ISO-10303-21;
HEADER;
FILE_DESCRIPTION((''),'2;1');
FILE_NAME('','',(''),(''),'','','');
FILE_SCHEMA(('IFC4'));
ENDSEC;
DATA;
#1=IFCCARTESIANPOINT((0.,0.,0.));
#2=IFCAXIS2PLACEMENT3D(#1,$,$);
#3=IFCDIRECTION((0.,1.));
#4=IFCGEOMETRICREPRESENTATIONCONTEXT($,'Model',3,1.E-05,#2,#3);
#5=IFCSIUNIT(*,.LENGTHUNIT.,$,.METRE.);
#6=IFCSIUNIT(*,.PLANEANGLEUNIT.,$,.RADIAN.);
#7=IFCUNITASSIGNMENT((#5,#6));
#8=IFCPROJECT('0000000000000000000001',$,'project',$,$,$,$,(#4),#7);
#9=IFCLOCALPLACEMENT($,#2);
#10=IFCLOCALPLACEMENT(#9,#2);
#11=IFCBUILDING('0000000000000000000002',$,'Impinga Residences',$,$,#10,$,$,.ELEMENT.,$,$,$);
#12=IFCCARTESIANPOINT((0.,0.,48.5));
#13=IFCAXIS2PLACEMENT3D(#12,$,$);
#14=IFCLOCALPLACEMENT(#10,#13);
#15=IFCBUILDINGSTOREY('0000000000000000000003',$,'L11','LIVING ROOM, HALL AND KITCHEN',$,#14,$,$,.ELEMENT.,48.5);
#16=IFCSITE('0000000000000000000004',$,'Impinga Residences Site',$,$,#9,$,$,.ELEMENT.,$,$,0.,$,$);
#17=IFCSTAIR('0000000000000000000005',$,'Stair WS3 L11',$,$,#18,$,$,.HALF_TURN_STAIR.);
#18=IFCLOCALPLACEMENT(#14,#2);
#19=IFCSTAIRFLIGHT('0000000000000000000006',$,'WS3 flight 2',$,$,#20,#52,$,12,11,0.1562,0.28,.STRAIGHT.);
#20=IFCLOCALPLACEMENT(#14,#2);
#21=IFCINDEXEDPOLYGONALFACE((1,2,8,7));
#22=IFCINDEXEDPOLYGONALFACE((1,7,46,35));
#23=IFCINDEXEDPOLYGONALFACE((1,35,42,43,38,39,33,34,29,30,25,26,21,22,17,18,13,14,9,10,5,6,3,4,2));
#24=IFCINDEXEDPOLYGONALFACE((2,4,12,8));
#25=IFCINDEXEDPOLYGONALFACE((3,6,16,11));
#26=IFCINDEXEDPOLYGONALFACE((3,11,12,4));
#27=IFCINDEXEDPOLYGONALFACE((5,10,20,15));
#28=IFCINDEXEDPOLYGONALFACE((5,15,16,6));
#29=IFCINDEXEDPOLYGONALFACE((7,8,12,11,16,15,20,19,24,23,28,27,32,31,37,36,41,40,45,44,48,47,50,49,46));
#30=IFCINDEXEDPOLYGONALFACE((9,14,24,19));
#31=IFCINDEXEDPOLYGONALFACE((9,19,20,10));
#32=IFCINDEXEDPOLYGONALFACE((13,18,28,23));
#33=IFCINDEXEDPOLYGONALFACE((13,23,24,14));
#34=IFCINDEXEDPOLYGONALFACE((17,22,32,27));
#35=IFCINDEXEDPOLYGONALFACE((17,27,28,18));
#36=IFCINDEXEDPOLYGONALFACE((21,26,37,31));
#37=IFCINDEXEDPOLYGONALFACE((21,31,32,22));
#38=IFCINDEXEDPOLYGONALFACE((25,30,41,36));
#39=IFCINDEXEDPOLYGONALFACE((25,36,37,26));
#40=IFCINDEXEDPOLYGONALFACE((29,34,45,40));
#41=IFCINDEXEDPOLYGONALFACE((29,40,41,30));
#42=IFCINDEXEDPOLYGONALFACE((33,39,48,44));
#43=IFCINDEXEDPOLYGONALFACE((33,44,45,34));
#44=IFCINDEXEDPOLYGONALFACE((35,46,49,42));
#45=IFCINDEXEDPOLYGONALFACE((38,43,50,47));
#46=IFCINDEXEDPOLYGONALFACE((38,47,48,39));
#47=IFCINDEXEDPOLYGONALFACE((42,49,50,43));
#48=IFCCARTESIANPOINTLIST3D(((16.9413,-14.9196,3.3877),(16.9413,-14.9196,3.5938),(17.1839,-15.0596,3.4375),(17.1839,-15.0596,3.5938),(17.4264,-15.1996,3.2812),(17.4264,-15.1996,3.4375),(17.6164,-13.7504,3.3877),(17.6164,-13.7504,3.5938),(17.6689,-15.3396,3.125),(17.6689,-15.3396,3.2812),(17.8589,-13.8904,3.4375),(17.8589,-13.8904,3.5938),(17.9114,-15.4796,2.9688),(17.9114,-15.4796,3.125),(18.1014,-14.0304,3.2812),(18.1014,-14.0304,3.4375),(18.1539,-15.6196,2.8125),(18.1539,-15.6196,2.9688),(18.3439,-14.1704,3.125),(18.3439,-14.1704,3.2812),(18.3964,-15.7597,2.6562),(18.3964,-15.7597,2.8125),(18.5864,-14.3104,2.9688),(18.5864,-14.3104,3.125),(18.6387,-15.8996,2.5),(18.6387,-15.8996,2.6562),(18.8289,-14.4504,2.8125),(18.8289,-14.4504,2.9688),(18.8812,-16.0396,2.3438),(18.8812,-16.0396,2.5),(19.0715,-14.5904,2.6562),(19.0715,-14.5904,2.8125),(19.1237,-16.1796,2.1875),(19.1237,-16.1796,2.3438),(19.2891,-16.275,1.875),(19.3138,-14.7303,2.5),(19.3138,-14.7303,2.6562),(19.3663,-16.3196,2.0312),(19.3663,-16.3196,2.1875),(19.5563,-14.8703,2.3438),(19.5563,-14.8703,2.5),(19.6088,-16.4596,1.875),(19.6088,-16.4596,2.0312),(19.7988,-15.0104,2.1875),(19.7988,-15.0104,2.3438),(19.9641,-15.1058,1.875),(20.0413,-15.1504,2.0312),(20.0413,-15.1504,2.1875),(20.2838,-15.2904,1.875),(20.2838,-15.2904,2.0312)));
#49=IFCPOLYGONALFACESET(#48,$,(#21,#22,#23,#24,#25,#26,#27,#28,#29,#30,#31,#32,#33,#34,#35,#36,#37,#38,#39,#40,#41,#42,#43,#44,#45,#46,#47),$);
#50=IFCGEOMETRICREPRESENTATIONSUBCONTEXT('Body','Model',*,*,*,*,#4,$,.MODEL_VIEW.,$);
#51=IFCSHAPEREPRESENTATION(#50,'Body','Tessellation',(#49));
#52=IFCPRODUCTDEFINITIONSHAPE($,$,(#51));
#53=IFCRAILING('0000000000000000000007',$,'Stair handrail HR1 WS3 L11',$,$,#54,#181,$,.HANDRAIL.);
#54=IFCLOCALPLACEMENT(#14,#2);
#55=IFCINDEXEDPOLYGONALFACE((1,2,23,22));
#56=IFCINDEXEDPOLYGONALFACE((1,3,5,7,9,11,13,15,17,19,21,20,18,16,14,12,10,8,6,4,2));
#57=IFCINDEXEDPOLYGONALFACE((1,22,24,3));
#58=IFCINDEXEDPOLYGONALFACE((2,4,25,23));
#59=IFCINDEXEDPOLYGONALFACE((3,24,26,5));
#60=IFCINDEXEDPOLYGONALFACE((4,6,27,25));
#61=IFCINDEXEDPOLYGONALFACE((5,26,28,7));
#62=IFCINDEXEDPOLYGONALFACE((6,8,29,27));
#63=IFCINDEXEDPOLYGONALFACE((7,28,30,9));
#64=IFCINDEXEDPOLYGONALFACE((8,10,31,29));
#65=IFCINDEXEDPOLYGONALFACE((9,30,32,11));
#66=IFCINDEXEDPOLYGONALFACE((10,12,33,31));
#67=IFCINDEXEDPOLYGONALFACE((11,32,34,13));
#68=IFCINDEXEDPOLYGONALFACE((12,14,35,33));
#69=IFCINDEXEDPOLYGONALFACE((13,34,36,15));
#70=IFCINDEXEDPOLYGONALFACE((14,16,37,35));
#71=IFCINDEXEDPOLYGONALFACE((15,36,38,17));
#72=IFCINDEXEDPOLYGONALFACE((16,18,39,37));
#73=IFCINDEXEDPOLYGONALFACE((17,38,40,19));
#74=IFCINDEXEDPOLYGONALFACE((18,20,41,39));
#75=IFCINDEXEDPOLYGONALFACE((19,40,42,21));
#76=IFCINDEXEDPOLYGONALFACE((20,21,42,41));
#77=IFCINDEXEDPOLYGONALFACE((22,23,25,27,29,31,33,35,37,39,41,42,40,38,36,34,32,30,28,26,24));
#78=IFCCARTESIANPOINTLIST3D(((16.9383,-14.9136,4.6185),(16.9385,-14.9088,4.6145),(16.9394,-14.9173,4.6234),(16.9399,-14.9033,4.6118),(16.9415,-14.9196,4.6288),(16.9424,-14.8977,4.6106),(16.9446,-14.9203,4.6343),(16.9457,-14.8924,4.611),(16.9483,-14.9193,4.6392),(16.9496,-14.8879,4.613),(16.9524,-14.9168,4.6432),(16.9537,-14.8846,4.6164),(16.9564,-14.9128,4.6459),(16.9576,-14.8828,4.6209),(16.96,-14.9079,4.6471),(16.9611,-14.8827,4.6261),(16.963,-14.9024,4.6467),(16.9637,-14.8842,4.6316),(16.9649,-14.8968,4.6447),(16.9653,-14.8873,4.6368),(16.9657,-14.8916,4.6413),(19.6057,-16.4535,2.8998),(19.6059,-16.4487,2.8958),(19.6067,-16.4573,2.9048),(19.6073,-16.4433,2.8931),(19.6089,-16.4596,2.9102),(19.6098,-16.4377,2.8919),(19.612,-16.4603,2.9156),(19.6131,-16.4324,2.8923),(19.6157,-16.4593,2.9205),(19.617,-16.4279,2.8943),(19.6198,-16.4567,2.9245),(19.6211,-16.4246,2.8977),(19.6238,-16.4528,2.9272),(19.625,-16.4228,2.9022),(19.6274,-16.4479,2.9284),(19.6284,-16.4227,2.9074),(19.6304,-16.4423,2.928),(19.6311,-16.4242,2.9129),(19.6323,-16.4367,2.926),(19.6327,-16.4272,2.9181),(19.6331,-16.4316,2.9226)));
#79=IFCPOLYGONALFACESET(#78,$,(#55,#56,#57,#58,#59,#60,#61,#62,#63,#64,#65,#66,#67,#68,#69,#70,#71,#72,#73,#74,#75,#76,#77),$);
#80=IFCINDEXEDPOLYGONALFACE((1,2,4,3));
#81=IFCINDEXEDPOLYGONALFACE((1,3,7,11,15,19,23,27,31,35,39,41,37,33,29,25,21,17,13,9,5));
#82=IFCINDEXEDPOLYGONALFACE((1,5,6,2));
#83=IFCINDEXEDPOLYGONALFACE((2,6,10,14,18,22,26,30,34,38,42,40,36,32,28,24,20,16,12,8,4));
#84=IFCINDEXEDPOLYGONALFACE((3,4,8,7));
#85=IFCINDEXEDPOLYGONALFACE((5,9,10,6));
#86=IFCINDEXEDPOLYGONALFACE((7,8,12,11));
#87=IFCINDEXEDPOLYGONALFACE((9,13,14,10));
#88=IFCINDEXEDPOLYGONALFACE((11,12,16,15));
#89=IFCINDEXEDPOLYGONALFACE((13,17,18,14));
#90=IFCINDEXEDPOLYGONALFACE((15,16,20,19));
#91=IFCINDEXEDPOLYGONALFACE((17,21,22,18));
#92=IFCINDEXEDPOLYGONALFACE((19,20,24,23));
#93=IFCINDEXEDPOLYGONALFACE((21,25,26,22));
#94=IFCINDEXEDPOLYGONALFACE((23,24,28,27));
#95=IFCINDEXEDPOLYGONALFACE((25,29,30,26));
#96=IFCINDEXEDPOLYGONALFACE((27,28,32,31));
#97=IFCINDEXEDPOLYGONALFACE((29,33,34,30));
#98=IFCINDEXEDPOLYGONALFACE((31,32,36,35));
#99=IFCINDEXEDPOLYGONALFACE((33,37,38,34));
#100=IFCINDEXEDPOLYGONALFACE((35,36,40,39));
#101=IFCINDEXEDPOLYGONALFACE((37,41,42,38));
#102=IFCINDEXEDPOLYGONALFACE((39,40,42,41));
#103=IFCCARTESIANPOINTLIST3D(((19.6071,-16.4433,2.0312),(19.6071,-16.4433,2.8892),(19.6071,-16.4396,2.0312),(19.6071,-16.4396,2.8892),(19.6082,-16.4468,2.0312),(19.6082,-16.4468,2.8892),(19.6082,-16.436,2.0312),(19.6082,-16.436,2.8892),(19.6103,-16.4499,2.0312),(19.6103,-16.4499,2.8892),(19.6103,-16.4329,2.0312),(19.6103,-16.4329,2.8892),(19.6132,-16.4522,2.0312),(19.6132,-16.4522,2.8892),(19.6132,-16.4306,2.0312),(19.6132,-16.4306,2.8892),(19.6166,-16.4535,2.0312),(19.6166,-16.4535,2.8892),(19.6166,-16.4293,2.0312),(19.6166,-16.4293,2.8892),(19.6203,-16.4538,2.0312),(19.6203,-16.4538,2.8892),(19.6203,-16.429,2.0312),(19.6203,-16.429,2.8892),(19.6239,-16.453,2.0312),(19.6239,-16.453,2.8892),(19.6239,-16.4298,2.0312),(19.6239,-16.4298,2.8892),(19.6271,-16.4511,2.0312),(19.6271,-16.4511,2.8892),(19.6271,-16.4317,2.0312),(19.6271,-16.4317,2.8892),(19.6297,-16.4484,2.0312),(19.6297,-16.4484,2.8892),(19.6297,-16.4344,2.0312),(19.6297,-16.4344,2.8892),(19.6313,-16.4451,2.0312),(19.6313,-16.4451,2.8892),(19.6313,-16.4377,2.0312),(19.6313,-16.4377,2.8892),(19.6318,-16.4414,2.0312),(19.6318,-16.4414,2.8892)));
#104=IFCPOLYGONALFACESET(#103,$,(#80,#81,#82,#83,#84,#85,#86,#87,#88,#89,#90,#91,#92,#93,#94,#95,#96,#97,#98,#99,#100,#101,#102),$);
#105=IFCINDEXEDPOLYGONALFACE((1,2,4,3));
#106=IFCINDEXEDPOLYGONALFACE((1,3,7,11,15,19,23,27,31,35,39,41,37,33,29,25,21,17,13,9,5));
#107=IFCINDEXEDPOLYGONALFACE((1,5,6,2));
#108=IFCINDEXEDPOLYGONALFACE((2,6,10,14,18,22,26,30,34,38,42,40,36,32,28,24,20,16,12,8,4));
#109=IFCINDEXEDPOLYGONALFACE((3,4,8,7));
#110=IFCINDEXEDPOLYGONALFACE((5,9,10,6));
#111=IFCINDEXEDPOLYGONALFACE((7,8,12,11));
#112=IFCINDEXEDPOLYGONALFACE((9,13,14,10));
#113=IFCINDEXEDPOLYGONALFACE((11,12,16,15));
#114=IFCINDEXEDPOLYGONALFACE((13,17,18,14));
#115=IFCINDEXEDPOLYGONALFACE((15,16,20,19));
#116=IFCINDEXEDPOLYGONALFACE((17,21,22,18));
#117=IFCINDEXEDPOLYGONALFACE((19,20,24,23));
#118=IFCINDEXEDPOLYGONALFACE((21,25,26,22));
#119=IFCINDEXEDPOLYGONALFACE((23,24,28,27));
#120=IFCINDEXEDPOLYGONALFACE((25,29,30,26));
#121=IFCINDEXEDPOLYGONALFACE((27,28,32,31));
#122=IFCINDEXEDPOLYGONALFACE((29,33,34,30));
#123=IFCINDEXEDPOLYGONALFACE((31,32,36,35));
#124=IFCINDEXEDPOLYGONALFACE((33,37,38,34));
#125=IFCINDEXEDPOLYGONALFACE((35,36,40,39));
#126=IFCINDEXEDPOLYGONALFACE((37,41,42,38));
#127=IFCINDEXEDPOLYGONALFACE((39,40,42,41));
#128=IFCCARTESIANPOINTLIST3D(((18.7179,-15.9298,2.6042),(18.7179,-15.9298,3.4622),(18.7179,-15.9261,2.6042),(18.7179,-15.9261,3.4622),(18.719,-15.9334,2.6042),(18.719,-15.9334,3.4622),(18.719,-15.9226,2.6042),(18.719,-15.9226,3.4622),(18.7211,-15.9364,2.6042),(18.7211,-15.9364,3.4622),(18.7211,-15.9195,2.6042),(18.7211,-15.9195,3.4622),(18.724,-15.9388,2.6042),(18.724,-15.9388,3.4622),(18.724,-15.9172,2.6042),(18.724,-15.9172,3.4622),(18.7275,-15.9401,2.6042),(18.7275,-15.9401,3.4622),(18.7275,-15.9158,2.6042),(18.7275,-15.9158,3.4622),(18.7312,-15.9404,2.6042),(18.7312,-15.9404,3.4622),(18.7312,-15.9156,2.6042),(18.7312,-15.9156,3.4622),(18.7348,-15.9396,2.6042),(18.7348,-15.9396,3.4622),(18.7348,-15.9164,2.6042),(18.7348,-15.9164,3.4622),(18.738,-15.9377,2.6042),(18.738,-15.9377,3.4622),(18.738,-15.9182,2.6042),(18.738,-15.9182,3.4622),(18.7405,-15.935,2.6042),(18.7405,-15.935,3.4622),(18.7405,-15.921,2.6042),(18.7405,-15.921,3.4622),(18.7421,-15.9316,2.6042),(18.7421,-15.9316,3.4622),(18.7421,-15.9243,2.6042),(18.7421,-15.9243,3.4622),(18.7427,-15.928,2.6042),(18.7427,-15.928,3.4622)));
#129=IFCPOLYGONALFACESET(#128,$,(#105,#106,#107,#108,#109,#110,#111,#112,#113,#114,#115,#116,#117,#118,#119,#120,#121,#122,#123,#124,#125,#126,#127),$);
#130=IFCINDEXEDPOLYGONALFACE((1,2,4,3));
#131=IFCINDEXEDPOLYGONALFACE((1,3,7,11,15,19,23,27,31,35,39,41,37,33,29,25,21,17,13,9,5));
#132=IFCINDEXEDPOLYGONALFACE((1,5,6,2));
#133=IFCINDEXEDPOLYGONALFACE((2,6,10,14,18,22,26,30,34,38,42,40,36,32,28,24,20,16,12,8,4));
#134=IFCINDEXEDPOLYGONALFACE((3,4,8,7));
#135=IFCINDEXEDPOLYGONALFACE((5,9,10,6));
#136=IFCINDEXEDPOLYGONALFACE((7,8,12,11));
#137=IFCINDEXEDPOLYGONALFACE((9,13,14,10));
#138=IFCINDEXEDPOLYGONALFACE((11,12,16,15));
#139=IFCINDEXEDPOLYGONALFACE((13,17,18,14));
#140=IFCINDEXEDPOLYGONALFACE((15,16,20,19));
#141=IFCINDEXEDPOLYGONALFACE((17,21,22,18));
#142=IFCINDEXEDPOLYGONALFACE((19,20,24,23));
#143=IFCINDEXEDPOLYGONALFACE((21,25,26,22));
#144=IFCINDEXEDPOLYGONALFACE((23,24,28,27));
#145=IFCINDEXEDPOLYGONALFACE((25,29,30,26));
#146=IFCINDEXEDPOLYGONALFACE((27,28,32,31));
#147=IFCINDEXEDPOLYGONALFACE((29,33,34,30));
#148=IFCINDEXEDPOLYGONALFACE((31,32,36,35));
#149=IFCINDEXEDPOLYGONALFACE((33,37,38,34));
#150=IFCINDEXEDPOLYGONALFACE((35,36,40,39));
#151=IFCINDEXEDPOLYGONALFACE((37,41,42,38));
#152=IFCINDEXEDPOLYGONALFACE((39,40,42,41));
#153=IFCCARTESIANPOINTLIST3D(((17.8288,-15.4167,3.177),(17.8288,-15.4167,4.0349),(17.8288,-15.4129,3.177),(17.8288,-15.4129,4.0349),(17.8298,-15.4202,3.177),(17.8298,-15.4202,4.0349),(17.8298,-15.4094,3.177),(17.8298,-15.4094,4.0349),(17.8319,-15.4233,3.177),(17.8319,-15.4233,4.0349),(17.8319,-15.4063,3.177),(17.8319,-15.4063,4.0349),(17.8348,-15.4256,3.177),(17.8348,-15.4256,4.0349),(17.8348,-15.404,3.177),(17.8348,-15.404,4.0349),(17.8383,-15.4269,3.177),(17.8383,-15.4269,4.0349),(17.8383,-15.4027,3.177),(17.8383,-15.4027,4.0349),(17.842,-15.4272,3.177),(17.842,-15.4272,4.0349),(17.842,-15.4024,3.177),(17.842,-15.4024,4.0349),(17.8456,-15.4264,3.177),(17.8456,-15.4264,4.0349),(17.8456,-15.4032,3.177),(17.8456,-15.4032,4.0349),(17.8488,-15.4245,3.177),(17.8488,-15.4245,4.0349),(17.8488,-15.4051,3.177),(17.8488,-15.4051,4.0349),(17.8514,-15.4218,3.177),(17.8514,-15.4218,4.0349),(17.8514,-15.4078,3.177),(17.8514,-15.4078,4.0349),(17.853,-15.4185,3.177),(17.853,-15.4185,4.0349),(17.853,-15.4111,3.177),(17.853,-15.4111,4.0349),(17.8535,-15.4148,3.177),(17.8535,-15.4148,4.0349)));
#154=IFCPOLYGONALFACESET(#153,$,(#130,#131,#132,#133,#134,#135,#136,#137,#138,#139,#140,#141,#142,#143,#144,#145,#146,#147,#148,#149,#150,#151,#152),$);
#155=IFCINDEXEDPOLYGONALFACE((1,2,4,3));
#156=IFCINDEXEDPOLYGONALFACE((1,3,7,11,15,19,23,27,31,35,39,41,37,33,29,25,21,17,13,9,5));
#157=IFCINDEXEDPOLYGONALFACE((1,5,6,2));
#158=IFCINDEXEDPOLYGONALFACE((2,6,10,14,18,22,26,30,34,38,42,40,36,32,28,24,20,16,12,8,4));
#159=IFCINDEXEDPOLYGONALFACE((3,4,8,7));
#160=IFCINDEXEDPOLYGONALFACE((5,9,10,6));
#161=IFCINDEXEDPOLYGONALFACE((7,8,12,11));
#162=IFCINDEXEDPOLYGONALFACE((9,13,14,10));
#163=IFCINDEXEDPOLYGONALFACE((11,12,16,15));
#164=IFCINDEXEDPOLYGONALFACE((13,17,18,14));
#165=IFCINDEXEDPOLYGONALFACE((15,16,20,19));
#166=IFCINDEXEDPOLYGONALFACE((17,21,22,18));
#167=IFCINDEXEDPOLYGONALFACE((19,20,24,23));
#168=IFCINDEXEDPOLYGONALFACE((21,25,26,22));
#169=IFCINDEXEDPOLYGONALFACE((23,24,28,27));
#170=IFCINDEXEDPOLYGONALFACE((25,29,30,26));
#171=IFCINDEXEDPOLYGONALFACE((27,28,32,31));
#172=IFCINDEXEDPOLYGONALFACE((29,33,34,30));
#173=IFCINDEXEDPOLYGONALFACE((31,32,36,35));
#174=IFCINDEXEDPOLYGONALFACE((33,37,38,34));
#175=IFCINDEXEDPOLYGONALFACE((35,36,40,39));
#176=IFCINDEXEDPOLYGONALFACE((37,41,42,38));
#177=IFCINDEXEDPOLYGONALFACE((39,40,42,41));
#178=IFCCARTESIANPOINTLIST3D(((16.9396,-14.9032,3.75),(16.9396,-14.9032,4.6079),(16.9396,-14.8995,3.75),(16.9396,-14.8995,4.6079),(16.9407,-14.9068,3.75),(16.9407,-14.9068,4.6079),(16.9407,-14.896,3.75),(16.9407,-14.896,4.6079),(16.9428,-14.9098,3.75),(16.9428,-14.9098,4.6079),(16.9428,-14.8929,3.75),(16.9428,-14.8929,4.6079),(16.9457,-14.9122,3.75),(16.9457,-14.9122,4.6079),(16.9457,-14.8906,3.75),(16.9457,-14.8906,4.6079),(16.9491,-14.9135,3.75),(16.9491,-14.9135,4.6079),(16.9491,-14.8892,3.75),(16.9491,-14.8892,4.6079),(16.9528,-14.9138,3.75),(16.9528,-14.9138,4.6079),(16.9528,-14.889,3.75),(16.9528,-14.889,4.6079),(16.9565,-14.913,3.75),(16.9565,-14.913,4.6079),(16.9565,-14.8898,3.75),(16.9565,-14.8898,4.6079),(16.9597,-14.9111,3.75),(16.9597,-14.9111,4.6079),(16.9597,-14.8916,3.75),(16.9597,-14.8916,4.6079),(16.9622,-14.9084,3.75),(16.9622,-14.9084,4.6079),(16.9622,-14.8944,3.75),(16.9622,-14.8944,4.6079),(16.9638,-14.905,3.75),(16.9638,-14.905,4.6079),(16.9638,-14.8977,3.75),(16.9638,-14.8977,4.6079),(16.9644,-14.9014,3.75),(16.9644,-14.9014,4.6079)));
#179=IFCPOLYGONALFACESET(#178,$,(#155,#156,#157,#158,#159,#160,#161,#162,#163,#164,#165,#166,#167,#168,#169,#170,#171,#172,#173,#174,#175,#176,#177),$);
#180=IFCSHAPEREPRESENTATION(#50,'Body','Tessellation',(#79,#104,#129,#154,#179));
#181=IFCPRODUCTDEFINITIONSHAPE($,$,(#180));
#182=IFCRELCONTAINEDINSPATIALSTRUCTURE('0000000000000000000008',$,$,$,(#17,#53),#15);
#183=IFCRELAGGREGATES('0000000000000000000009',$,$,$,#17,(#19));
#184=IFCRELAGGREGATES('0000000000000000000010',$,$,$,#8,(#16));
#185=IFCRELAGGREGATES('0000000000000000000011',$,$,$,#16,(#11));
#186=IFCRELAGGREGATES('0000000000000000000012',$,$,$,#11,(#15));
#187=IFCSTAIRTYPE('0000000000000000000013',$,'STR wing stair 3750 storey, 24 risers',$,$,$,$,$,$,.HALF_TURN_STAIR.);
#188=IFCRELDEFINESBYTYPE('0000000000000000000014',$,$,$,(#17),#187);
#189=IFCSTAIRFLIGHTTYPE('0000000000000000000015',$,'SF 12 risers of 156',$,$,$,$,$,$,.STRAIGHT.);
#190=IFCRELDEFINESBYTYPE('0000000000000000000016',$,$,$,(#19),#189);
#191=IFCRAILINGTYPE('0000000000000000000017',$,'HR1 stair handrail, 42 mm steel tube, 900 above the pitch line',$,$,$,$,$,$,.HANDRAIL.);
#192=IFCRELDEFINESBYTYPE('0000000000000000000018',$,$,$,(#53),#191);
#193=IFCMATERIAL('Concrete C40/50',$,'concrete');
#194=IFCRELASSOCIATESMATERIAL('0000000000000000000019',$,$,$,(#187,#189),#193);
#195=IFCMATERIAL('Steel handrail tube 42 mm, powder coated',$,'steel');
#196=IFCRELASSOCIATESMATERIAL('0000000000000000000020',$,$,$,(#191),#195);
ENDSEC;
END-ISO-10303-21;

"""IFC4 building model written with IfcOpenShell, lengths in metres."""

from ifc_helpers import new_model, si_unit, direction, frame, origin, origin_2d, place, context, subcontext, project, spatial, polyline, circle, outline, extrude, material, type_object, element, aggregate, save


model = new_model("IFC4")

# Units and contexts
model_context = context("Model", 3, precision=1e-05, world=origin(), true_north=direction((0.0, 1.0)))
body_context = subcontext(model_context, "Body", "Model", "MODEL_VIEW")
ifc_project = project(units=[si_unit("LENGTHUNIT", "METRE"), si_unit("PLANEANGLEUNIT", "RADIAN")], contexts=[model_context])

# Site, building, storey
site_placement = place(None, origin())
site = spatial("IfcSite", under=ifc_project, at=site_placement, Name="Impinga Residences Site", CompositionType="ELEMENT", RefElevation=0.0)
building_placement = place(site_placement, origin())
building = spatial("IfcBuilding", under=site, at=building_placement, Name="Impinga Residences", CompositionType="ELEMENT")
storey_placement = place(building_placement, frame((0.0, 0.0, 48.5)))
storey = spatial("IfcBuildingStorey", under=building, at=storey_placement, Name="L11", Description="LIVING ROOM, HALL AND KITCHEN", CompositionType="ELEMENT", Elevation=48.5)

# Stair, stair flight
ifc_material_1 = material(Name="Concrete C40/50", Category="concrete")
stair_type = type_object("IfcStairType", Name="STR wing stair 3750 storey, 24 risers", PredefinedType="HALF_TURN_STAIR", material=ifc_material_1)
stair_placement = place(storey_placement, origin())
stair = element("IfcStair", 1, at=stair_placement, inside=storey, type_object=stair_type, Name="Stair WS3 L11", PredefinedType="HALF_TURN_STAIR")
stair_flight_type = type_object("IfcStairFlightType", Name="SF 12 risers of 156", PredefinedType="STRAIGHT", material=ifc_material_1)
stair_flight_placement = place(storey_placement, frame((19.9463, -15.875, 1.875), z_axis=(0.0, 0.0, 1.0), x_axis=(-0.866025, 0.5, 0.0)))
stair_flight = element("IfcStairFlight", 2, at=stair_flight_placement, type_object=stair_flight_type, Name="WS3 flight 2", NumberOfRisers=12, NumberOfTreads=11, PredefinedType="STRAIGHT", RiserHeight=0.1562, TreadLength=0.28, context=body_context, shape_type="SweptSolid", body=[
    extrude(outline(polyline([(0.0, 0.0), (0.0, 0.1562), (0.28, 0.1562), (0.28, 0.3125), (0.5601, 0.3125), (0.5601, 0.4688), (0.8401, 0.4688), (0.8401, 0.625), (1.1201, 0.625), (1.1201, 0.7812), (1.3999, 0.7812), (1.3999, 0.9375), (1.6799, 0.9375), (1.6799, 1.0938), (1.96, 1.0938), (1.96, 1.25), (2.24, 1.25), (2.24, 1.4062), (2.52, 1.4062), (2.52, 1.5625), (2.8, 1.5625), (2.8, 1.7188), (3.0801, 1.7188), (3.0801, 1.875), (3.0801, 1.5127), (0.3691, 0.0), (0.0, 0.0)])), frame((0.0, 0.675, 0.0), z_axis=(0.0, -1.0, 0.0), x_axis=(1.0, 0.0, 0.0)), (0.0, 0.0, 1.0), 1.3501),
])
aggregate(stair, [stair_flight])

# Railing
ifc_material_2 = material(Name="Steel handrail tube 42 mm, powder coated", Category="steel")
railing_type = type_object("IfcRailingType", Name="HR1 stair handrail, 42 mm steel tube, 900 above the pitch line", PredefinedType="HANDRAIL", material=ifc_material_2)
railing_placement = place(storey_placement, frame((19.6194, -16.4414, 2.0312)))
element("IfcRailing", 3, at=railing_placement, inside=storey, type_object=railing_type, Name="Stair handrail HR1 WS3 L11", PredefinedType="HANDRAIL", context=body_context, shape_type="SweptSolid", body=[
    extrude(circle(Radius=0.021, at=origin_2d()), frame((0.0, 0.0, 0.8789), z_axis=(-0.756256, 0.436616, 0.487282), x_axis=(-0.499992, -0.86603, 0.0)), (0.0, 0.0, 1.0), 3.5271),
    extrude(circle(Radius=0.0125, at=origin_2d()), origin(), (0.0, 0.0, 1.0), 0.8579),
    extrude(circle(Radius=0.0125, at=origin_2d()), frame((-0.8892, 0.5134, 0.573)), (0.0, 0.0, 1.0), 0.8579),
    extrude(circle(Radius=0.0125, at=origin_2d()), frame((-1.7783, 1.0266, 1.1458)), (0.0, 0.0, 1.0), 0.8579),
    extrude(circle(Radius=0.0125, at=origin_2d()), frame((-2.6675, 1.54, 1.7188)), (0.0, 0.0, 1.0), 0.8579),
])

save(model, "model.ifc")
